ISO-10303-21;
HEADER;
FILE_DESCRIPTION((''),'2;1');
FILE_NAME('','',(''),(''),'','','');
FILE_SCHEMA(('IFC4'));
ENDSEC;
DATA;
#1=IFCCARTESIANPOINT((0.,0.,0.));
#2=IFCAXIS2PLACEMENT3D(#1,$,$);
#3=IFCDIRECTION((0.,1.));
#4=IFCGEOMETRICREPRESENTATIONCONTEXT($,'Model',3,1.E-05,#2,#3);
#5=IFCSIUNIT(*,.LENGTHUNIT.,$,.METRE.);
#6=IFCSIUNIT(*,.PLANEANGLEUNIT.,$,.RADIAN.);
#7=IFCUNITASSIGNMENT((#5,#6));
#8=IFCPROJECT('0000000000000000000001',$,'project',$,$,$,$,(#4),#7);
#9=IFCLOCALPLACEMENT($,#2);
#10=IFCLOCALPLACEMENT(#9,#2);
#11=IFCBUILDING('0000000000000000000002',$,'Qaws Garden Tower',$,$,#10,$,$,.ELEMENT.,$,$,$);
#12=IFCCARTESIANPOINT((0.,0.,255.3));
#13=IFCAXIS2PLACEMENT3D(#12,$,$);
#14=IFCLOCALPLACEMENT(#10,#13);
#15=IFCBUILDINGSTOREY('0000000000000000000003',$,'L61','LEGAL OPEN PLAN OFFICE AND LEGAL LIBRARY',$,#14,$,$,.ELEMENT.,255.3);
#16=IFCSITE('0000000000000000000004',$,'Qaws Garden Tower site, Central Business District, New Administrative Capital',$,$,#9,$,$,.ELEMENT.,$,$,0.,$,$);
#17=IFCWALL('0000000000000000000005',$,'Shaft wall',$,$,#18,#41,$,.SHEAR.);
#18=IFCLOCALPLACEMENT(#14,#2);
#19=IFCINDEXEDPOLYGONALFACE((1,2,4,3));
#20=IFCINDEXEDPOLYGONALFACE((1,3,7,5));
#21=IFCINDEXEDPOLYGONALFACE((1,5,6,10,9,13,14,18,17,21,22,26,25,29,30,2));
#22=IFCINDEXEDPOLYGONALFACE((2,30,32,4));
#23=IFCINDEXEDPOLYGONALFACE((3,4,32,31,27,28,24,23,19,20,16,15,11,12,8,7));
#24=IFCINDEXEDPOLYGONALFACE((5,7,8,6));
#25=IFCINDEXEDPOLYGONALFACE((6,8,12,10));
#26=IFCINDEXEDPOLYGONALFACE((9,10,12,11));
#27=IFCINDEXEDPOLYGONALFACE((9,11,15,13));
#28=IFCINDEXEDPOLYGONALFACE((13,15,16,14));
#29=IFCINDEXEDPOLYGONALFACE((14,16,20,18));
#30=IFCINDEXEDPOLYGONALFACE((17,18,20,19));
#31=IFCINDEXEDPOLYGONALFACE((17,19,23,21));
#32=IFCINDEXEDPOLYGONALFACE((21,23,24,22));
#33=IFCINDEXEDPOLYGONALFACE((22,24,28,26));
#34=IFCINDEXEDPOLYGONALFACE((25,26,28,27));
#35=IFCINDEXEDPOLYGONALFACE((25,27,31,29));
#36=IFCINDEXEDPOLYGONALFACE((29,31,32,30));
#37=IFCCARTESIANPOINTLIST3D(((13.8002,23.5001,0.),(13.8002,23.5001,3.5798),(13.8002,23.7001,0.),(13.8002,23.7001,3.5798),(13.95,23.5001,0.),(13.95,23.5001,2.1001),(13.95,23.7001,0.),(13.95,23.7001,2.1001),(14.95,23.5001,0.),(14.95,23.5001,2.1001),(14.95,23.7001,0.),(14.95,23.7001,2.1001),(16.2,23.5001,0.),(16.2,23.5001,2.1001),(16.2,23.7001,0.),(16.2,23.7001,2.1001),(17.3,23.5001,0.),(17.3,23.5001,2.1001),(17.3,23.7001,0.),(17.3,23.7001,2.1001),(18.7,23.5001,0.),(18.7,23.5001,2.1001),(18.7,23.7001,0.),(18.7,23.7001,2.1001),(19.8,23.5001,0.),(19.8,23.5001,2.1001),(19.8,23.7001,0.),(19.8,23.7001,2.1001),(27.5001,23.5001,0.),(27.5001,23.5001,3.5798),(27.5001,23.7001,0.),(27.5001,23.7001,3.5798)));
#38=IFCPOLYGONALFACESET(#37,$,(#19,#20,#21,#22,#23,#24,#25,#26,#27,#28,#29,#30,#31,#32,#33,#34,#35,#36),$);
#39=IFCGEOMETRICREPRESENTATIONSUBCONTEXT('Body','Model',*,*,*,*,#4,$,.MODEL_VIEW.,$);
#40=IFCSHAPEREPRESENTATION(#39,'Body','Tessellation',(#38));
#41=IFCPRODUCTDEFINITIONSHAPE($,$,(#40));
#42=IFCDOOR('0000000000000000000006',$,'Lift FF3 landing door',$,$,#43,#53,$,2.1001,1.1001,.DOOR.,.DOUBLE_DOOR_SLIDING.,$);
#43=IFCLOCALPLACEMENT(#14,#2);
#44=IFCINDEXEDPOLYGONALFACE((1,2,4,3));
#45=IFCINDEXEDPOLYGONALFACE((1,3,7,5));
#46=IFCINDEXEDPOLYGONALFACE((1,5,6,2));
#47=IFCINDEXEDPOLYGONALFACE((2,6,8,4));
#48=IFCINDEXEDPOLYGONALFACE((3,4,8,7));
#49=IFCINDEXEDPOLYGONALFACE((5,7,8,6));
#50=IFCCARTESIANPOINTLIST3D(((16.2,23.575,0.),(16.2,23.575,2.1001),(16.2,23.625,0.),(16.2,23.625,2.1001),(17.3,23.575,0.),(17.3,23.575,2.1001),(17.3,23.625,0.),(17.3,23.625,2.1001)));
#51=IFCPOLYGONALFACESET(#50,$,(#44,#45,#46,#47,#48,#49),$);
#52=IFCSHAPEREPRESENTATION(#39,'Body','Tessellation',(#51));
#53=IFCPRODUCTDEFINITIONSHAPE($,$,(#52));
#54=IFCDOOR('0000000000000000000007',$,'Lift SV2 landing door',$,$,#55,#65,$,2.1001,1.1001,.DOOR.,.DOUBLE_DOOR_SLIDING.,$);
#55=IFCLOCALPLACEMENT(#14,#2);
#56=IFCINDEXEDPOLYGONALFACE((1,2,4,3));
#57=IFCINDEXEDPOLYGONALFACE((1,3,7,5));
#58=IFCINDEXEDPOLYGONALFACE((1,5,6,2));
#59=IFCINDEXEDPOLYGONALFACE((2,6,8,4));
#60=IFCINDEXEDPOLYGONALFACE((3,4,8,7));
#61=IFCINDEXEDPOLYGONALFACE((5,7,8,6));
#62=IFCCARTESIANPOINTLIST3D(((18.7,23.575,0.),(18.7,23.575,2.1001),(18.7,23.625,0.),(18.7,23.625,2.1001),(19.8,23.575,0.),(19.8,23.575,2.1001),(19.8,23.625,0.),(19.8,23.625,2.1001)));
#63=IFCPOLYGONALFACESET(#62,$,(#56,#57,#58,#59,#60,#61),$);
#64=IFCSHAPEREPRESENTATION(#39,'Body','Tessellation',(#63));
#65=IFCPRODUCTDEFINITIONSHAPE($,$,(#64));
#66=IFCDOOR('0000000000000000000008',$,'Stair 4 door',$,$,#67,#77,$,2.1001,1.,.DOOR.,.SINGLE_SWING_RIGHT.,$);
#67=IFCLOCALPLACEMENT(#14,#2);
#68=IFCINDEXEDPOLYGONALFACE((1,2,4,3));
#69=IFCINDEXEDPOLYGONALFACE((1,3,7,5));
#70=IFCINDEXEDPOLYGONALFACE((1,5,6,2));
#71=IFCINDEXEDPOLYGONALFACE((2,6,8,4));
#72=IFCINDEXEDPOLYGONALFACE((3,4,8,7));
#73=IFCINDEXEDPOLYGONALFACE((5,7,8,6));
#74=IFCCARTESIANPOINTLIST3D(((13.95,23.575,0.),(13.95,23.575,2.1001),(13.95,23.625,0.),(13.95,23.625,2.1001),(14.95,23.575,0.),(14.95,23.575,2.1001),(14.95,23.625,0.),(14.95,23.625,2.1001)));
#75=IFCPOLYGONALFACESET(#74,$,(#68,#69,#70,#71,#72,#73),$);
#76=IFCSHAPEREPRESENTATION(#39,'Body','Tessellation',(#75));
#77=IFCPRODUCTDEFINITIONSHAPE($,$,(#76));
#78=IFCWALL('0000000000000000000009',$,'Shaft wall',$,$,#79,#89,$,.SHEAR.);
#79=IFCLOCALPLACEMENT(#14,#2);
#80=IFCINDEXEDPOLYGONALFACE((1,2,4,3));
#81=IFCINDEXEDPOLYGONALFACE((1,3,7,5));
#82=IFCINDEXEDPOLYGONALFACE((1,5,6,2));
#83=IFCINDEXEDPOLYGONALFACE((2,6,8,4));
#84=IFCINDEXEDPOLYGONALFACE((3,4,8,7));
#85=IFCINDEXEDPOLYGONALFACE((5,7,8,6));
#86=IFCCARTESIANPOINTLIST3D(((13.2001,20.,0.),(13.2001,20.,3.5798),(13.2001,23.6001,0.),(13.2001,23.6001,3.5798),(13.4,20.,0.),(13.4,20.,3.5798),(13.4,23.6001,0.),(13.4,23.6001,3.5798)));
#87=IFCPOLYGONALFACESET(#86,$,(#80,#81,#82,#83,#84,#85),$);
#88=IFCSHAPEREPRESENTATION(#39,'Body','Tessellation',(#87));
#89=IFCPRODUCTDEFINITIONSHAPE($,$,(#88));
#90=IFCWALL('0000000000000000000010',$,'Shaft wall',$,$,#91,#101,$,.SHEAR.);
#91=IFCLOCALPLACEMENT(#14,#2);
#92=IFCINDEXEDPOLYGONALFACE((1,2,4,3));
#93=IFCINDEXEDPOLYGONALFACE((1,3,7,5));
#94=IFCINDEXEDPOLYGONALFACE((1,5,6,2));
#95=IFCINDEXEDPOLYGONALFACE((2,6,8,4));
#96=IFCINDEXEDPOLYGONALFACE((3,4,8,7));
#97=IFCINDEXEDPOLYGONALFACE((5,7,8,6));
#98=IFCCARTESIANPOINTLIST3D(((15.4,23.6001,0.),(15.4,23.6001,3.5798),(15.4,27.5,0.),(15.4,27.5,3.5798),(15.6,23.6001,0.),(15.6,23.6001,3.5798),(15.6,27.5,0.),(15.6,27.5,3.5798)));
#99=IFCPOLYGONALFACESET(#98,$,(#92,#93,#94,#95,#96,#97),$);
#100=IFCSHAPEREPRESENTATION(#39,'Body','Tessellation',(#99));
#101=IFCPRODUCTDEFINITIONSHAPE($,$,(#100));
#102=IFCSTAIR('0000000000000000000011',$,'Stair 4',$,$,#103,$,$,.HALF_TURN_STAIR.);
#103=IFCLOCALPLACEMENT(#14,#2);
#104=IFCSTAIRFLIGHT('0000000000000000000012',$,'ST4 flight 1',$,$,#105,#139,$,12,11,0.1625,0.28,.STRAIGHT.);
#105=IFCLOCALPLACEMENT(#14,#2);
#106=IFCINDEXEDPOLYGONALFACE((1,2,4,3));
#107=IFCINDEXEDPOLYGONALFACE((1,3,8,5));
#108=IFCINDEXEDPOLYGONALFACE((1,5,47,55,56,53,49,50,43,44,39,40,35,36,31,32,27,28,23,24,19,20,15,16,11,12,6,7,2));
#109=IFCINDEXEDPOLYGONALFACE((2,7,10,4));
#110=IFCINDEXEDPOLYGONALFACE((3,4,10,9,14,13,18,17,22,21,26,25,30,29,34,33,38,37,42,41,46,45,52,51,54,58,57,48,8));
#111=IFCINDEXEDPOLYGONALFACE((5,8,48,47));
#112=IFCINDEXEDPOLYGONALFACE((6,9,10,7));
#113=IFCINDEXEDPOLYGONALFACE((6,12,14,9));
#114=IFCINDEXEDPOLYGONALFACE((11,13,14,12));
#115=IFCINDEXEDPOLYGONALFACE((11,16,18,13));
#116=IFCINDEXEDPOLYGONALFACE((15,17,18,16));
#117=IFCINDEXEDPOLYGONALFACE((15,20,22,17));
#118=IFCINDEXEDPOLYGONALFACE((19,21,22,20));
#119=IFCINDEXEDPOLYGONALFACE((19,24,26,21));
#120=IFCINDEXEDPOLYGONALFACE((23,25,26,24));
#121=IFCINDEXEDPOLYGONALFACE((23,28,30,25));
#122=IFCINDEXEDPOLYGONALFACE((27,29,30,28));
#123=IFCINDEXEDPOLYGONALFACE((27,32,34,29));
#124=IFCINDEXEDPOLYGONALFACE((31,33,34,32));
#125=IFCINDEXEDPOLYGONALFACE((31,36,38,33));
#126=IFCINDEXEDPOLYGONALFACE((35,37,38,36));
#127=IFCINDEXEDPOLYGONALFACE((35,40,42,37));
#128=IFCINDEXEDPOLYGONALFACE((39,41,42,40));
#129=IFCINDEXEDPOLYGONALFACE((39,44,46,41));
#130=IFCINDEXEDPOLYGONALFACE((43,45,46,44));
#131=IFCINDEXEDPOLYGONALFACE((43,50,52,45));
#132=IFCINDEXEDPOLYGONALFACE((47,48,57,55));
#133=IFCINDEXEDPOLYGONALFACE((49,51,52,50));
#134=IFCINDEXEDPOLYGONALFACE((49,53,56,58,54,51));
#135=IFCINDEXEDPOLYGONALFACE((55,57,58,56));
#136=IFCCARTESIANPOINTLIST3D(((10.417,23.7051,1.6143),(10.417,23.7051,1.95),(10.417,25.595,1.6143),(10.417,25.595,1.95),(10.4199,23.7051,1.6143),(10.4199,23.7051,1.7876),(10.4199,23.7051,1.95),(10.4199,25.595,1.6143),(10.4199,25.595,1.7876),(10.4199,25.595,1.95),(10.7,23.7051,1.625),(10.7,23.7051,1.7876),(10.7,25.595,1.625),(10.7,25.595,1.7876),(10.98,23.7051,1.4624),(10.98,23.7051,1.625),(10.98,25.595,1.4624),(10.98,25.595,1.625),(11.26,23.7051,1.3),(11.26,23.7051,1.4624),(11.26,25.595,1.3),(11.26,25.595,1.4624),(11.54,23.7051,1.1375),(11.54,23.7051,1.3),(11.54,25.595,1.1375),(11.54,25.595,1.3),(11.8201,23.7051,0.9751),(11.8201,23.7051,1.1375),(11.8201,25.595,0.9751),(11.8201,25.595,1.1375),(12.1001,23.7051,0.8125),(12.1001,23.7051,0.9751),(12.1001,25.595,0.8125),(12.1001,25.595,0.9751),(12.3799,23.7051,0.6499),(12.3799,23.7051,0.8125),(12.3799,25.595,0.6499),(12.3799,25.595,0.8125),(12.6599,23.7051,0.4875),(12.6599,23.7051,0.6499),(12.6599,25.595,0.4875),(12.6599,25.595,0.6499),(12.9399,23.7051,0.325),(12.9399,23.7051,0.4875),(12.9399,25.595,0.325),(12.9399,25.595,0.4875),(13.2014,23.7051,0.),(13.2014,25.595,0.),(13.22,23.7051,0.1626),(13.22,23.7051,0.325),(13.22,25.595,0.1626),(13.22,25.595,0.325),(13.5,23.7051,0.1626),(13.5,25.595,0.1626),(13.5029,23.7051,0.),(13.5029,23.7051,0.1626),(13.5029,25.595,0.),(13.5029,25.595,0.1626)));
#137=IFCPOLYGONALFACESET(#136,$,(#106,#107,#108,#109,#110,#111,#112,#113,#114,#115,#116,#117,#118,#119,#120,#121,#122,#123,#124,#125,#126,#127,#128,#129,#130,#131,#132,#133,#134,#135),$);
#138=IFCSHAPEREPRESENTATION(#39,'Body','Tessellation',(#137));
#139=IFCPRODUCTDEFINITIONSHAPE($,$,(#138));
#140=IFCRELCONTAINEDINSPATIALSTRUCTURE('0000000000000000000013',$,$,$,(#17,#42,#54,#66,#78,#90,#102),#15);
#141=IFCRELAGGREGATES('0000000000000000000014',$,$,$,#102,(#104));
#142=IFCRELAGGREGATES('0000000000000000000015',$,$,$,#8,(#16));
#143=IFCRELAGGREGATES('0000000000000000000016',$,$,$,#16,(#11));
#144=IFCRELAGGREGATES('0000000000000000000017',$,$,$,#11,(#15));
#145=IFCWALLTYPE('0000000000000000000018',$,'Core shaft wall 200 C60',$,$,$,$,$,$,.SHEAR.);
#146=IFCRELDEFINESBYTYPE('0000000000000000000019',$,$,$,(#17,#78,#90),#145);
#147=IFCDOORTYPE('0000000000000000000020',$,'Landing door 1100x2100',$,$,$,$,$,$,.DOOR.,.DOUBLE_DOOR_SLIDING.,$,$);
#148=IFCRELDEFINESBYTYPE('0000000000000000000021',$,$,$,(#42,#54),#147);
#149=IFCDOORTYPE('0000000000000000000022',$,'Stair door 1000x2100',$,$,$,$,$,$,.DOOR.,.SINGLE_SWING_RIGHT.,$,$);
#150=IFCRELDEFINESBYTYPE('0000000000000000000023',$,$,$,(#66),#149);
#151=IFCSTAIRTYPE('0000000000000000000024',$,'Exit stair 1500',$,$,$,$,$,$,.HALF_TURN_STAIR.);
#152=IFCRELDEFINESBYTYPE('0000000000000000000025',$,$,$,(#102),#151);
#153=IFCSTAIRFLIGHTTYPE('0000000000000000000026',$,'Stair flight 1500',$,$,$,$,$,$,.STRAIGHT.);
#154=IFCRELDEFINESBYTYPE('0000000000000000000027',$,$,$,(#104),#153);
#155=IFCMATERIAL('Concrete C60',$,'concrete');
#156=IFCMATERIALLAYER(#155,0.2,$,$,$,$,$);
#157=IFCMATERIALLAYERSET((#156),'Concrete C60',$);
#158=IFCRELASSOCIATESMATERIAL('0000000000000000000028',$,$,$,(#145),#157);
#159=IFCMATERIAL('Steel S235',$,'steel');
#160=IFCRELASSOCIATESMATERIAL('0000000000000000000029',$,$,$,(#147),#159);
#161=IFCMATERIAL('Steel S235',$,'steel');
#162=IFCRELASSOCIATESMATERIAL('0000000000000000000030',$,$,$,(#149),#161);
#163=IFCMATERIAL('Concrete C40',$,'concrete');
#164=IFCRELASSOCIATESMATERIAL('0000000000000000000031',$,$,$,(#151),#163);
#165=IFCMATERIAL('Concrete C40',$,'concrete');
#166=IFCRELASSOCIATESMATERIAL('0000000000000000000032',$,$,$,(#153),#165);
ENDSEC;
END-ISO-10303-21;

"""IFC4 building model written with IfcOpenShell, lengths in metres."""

from ifc_helpers import new_model, si_unit, direction, frame, frame_2d, origin, place, context, subcontext, project, spatial, polyline, rectangle, outline, extrude, material, layer, layer_set, type_object, element, fill, aggregate, save


model = new_model("IFC4")

# Units and contexts
model_context = context("Model", 3, precision=1e-05, world=origin(), true_north=direction((0.0, 1.0)))
body_context = subcontext(model_context, "Body", "Model", "MODEL_VIEW")
ifc_project = project(units=[si_unit("LENGTHUNIT", "METRE"), si_unit("PLANEANGLEUNIT", "RADIAN")], contexts=[model_context])

# Site, building, storey
site_placement = place(None, origin())
site = spatial("IfcSite", under=ifc_project, at=site_placement, Name="Qaws Garden Tower site, Central Business District, New Administrative Capital", CompositionType="ELEMENT", RefElevation=0.0)
building_placement = place(site_placement, origin())
building = spatial("IfcBuilding", under=site, at=building_placement, Name="Qaws Garden Tower", CompositionType="ELEMENT")
storey_placement = place(building_placement, frame((0.0, 0.0, 255.3)))
storey = spatial("IfcBuildingStorey", under=building, at=storey_placement, Name="L61", Description="LEGAL OPEN PLAN OFFICE AND LEGAL LIBRARY", CompositionType="ELEMENT", Elevation=255.3)

# Shared definitions
ifc_material_1 = material(Name="Concrete C60", Category="concrete")
ifc_layer_1 = layer(ifc_material_1, 0.2)
ifc_layer_set_1 = layer_set([ifc_layer_1], Name="Concrete C60")
wall_type_1 = type_object("IfcWallType", Name="Core shaft wall 200 C60", PredefinedType="SHEAR", material=ifc_layer_set_1)

# Wall, openings, doors
wall_1_placement = place(storey_placement, frame((13.8, 23.6001, 0.0), z_axis=(0.0, 0.0, 1.0), x_axis=(1.0, 0.0, 0.0)))
wall_1 = element("IfcWall", 1, at=wall_1_placement, inside=storey, type_object=wall_type_1, Name="Shaft wall", PredefinedType="SHEAR", context=body_context, shape_type="SweptSolid", body=[
    extrude(rectangle(XDim=13.7, YDim=0.2, at=frame_2d((6.8501, 0.0))), origin(), (0.0, 0.0, 1.0), 3.5798),
])
opening_1_placement = place(wall_1_placement, frame((2.3999, 0.0, 0.0)))
opening_1 = element("IfcOpeningElement", 2, at=opening_1_placement, cuts=wall_1, PredefinedType="OPENING", context=body_context, shape_type="SweptSolid", body=[
    extrude(rectangle(XDim=1.1001, YDim=2.1001, at=frame_2d((0.55, 1.05))), frame((0.0, 0.1099, 0.0), z_axis=(0.0, -1.0, 0.0), x_axis=(1.0, 0.0, 0.0)), (0.0, 0.0, 1.0), 0.22),
])
opening_2_placement = place(wall_1_placement, frame((4.8999, 0.0, 0.0)))
opening_2 = element("IfcOpeningElement", 3, at=opening_2_placement, cuts=wall_1, PredefinedType="OPENING", context=body_context, shape_type="SweptSolid", body=[
    extrude(rectangle(XDim=1.1001, YDim=2.1001, at=frame_2d((0.55, 1.05))), frame((0.0, 0.1099, 0.0), z_axis=(0.0, -1.0, 0.0), x_axis=(1.0, 0.0, 0.0)), (0.0, 0.0, 1.0), 0.22),
])
opening_3_placement = place(wall_1_placement, frame((0.1499, 0.0, 0.0)))
opening_3 = element("IfcOpeningElement", 4, at=opening_3_placement, cuts=wall_1, PredefinedType="OPENING", context=body_context, shape_type="SweptSolid", body=[
    extrude(rectangle(XDim=1.0, YDim=2.1001, at=frame_2d((0.5, 1.05))), frame((0.0, 0.1099, 0.0), z_axis=(0.0, -1.0, 0.0), x_axis=(1.0, 0.0, 0.0)), (0.0, 0.0, 1.0), 0.22),
])
ifc_material_2 = material(Name="Steel S235", Category="steel")
door_type_1 = type_object("IfcDoorType", Name="Landing door 1100x2100", OperationType="DOUBLE_DOOR_SLIDING", PredefinedType="DOOR", material=ifc_material_2)
door_1_placement = place(opening_1_placement, origin())
door_1 = element("IfcDoor", 5, at=door_1_placement, inside=storey, type_object=door_type_1, Name="Lift FF3 landing door", OperationType="DOUBLE_DOOR_SLIDING", OverallHeight=2.1001, OverallWidth=1.1001, PredefinedType="DOOR", context=body_context, shape_type="SweptSolid", body=[
    extrude(rectangle(XDim=1.1001, YDim=2.1001, at=frame_2d((0.55, 1.05))), frame((0.0, 0.0249, 0.0), z_axis=(0.0, -1.0, 0.0), x_axis=(1.0, 0.0, 0.0)), (0.0, 0.0, 1.0), 0.05),
])
fill(opening_1, door_1)
door_2_placement = place(opening_2_placement, origin())
door_2 = element("IfcDoor", 6, at=door_2_placement, inside=storey, type_object=door_type_1, Name="Lift SV2 landing door", OperationType="DOUBLE_DOOR_SLIDING", OverallHeight=2.1001, OverallWidth=1.1001, PredefinedType="DOOR", context=body_context, shape_type="SweptSolid", body=[
    extrude(rectangle(XDim=1.1001, YDim=2.1001, at=frame_2d((0.55, 1.05))), frame((0.0, 0.0249, 0.0), z_axis=(0.0, -1.0, 0.0), x_axis=(1.0, 0.0, 0.0)), (0.0, 0.0, 1.0), 0.05),
])
fill(opening_2, door_2)
ifc_material_3 = material(Name="Steel S235", Category="steel")
door_type_2 = type_object("IfcDoorType", Name="Stair door 1000x2100", OperationType="SINGLE_SWING_RIGHT", PredefinedType="DOOR", material=ifc_material_3)
door_3_placement = place(opening_3_placement, origin())
door_3 = element("IfcDoor", 7, at=door_3_placement, inside=storey, type_object=door_type_2, Name="Stair 4 door", OperationType="SINGLE_SWING_RIGHT", OverallHeight=2.1001, OverallWidth=1.0, PredefinedType="DOOR", context=body_context, shape_type="SweptSolid", body=[
    extrude(rectangle(XDim=1.0, YDim=2.1001, at=frame_2d((0.5, 1.05))), frame((0.0, 0.0249, 0.0), z_axis=(0.0, -1.0, 0.0), x_axis=(1.0, 0.0, 0.0)), (0.0, 0.0, 1.0), 0.05),
])
fill(opening_3, door_3)

# Walls
wall_2_placement = place(storey_placement, frame((13.3, 20.0, 0.0), z_axis=(0.0, 0.0, 1.0), x_axis=(0.0, 1.0, 0.0)))
element("IfcWall", 8, at=wall_2_placement, inside=storey, type_object=wall_type_1, Name="Shaft wall", PredefinedType="SHEAR", context=body_context, shape_type="SweptSolid", body=[
    extrude(rectangle(XDim=3.6001, YDim=0.2, at=frame_2d((1.8, 0.0))), origin(), (0.0, 0.0, 1.0), 3.5798),
])
wall_3_placement = place(storey_placement, frame((15.5, 23.6001, 0.0), z_axis=(0.0, 0.0, 1.0), x_axis=(0.0, 1.0, 0.0)))
element("IfcWall", 9, at=wall_3_placement, inside=storey, type_object=wall_type_1, Name="Shaft wall", PredefinedType="SHEAR", context=body_context, shape_type="SweptSolid", body=[
    extrude(rectangle(XDim=3.8999, YDim=0.2, at=frame_2d((1.95, 0.0))), origin(), (0.0, 0.0, 1.0), 3.5798),
])

# Stair, stair flight
ifc_material_4 = material(Name="Concrete C40", Category="concrete")
stair_type = type_object("IfcStairType", Name="Exit stair 1500", PredefinedType="HALF_TURN_STAIR", material=ifc_material_4)
stair_placement = place(storey_placement, origin())
stair = element("IfcStair", 10, at=stair_placement, inside=storey, type_object=stair_type, Name="Stair 4", PredefinedType="HALF_TURN_STAIR")
ifc_material_5 = material(Name="Concrete C40", Category="concrete")
stair_flight_type = type_object("IfcStairFlightType", Name="Stair flight 1500", PredefinedType="STRAIGHT", material=ifc_material_5)
stair_flight_1_placement = place(storey_placement, frame((13.5, 24.6499, 0.0), z_axis=(0.0, 0.0, 1.0), x_axis=(-1.0, 0.0, 0.0)))
stair_flight_1 = element("IfcStairFlight", 11, at=stair_flight_1_placement, type_object=stair_flight_type, Name="ST4 flight 1", NumberOfRisers=12, NumberOfTreads=11, PredefinedType="STRAIGHT", RiserHeight=0.1625, TreadLength=0.28, context=body_context, shape_type="SweptSolid", body=[
    extrude(outline(polyline([(-0.0029, 0.0), (-0.0029, 0.1626), (0.0, 0.1626), (0.28, 0.1626), (0.28, 0.325), (0.5601, 0.325), (0.5601, 0.4875), (0.8401, 0.4875), (0.8401, 0.6499), (1.1201, 0.6499), (1.1201, 0.8125), (1.3999, 0.8125), (1.3999, 0.9751), (1.6799, 0.9751), (1.6799, 1.1375), (1.96, 1.1375), (1.96, 1.3), (2.24, 1.3), (2.24, 1.4624), (2.52, 1.4624), (2.52, 1.625), (2.8, 1.625), (2.8, 1.7876), (3.0801, 1.7876), (3.0801, 1.95), (3.083, 1.95), (3.083, 1.6143), (3.0801, 1.6143), (0.2986, 0.0), (-0.0029, 0.0)])), frame((0.0, 0.9448, 0.0), z_axis=(0.0, -1.0, 0.0), x_axis=(1.0, 0.0, 0.0)), (0.0, 0.0, 1.0), 1.8899),
])
aggregate(stair, [stair_flight_1])

save(model, "model.ifc")
